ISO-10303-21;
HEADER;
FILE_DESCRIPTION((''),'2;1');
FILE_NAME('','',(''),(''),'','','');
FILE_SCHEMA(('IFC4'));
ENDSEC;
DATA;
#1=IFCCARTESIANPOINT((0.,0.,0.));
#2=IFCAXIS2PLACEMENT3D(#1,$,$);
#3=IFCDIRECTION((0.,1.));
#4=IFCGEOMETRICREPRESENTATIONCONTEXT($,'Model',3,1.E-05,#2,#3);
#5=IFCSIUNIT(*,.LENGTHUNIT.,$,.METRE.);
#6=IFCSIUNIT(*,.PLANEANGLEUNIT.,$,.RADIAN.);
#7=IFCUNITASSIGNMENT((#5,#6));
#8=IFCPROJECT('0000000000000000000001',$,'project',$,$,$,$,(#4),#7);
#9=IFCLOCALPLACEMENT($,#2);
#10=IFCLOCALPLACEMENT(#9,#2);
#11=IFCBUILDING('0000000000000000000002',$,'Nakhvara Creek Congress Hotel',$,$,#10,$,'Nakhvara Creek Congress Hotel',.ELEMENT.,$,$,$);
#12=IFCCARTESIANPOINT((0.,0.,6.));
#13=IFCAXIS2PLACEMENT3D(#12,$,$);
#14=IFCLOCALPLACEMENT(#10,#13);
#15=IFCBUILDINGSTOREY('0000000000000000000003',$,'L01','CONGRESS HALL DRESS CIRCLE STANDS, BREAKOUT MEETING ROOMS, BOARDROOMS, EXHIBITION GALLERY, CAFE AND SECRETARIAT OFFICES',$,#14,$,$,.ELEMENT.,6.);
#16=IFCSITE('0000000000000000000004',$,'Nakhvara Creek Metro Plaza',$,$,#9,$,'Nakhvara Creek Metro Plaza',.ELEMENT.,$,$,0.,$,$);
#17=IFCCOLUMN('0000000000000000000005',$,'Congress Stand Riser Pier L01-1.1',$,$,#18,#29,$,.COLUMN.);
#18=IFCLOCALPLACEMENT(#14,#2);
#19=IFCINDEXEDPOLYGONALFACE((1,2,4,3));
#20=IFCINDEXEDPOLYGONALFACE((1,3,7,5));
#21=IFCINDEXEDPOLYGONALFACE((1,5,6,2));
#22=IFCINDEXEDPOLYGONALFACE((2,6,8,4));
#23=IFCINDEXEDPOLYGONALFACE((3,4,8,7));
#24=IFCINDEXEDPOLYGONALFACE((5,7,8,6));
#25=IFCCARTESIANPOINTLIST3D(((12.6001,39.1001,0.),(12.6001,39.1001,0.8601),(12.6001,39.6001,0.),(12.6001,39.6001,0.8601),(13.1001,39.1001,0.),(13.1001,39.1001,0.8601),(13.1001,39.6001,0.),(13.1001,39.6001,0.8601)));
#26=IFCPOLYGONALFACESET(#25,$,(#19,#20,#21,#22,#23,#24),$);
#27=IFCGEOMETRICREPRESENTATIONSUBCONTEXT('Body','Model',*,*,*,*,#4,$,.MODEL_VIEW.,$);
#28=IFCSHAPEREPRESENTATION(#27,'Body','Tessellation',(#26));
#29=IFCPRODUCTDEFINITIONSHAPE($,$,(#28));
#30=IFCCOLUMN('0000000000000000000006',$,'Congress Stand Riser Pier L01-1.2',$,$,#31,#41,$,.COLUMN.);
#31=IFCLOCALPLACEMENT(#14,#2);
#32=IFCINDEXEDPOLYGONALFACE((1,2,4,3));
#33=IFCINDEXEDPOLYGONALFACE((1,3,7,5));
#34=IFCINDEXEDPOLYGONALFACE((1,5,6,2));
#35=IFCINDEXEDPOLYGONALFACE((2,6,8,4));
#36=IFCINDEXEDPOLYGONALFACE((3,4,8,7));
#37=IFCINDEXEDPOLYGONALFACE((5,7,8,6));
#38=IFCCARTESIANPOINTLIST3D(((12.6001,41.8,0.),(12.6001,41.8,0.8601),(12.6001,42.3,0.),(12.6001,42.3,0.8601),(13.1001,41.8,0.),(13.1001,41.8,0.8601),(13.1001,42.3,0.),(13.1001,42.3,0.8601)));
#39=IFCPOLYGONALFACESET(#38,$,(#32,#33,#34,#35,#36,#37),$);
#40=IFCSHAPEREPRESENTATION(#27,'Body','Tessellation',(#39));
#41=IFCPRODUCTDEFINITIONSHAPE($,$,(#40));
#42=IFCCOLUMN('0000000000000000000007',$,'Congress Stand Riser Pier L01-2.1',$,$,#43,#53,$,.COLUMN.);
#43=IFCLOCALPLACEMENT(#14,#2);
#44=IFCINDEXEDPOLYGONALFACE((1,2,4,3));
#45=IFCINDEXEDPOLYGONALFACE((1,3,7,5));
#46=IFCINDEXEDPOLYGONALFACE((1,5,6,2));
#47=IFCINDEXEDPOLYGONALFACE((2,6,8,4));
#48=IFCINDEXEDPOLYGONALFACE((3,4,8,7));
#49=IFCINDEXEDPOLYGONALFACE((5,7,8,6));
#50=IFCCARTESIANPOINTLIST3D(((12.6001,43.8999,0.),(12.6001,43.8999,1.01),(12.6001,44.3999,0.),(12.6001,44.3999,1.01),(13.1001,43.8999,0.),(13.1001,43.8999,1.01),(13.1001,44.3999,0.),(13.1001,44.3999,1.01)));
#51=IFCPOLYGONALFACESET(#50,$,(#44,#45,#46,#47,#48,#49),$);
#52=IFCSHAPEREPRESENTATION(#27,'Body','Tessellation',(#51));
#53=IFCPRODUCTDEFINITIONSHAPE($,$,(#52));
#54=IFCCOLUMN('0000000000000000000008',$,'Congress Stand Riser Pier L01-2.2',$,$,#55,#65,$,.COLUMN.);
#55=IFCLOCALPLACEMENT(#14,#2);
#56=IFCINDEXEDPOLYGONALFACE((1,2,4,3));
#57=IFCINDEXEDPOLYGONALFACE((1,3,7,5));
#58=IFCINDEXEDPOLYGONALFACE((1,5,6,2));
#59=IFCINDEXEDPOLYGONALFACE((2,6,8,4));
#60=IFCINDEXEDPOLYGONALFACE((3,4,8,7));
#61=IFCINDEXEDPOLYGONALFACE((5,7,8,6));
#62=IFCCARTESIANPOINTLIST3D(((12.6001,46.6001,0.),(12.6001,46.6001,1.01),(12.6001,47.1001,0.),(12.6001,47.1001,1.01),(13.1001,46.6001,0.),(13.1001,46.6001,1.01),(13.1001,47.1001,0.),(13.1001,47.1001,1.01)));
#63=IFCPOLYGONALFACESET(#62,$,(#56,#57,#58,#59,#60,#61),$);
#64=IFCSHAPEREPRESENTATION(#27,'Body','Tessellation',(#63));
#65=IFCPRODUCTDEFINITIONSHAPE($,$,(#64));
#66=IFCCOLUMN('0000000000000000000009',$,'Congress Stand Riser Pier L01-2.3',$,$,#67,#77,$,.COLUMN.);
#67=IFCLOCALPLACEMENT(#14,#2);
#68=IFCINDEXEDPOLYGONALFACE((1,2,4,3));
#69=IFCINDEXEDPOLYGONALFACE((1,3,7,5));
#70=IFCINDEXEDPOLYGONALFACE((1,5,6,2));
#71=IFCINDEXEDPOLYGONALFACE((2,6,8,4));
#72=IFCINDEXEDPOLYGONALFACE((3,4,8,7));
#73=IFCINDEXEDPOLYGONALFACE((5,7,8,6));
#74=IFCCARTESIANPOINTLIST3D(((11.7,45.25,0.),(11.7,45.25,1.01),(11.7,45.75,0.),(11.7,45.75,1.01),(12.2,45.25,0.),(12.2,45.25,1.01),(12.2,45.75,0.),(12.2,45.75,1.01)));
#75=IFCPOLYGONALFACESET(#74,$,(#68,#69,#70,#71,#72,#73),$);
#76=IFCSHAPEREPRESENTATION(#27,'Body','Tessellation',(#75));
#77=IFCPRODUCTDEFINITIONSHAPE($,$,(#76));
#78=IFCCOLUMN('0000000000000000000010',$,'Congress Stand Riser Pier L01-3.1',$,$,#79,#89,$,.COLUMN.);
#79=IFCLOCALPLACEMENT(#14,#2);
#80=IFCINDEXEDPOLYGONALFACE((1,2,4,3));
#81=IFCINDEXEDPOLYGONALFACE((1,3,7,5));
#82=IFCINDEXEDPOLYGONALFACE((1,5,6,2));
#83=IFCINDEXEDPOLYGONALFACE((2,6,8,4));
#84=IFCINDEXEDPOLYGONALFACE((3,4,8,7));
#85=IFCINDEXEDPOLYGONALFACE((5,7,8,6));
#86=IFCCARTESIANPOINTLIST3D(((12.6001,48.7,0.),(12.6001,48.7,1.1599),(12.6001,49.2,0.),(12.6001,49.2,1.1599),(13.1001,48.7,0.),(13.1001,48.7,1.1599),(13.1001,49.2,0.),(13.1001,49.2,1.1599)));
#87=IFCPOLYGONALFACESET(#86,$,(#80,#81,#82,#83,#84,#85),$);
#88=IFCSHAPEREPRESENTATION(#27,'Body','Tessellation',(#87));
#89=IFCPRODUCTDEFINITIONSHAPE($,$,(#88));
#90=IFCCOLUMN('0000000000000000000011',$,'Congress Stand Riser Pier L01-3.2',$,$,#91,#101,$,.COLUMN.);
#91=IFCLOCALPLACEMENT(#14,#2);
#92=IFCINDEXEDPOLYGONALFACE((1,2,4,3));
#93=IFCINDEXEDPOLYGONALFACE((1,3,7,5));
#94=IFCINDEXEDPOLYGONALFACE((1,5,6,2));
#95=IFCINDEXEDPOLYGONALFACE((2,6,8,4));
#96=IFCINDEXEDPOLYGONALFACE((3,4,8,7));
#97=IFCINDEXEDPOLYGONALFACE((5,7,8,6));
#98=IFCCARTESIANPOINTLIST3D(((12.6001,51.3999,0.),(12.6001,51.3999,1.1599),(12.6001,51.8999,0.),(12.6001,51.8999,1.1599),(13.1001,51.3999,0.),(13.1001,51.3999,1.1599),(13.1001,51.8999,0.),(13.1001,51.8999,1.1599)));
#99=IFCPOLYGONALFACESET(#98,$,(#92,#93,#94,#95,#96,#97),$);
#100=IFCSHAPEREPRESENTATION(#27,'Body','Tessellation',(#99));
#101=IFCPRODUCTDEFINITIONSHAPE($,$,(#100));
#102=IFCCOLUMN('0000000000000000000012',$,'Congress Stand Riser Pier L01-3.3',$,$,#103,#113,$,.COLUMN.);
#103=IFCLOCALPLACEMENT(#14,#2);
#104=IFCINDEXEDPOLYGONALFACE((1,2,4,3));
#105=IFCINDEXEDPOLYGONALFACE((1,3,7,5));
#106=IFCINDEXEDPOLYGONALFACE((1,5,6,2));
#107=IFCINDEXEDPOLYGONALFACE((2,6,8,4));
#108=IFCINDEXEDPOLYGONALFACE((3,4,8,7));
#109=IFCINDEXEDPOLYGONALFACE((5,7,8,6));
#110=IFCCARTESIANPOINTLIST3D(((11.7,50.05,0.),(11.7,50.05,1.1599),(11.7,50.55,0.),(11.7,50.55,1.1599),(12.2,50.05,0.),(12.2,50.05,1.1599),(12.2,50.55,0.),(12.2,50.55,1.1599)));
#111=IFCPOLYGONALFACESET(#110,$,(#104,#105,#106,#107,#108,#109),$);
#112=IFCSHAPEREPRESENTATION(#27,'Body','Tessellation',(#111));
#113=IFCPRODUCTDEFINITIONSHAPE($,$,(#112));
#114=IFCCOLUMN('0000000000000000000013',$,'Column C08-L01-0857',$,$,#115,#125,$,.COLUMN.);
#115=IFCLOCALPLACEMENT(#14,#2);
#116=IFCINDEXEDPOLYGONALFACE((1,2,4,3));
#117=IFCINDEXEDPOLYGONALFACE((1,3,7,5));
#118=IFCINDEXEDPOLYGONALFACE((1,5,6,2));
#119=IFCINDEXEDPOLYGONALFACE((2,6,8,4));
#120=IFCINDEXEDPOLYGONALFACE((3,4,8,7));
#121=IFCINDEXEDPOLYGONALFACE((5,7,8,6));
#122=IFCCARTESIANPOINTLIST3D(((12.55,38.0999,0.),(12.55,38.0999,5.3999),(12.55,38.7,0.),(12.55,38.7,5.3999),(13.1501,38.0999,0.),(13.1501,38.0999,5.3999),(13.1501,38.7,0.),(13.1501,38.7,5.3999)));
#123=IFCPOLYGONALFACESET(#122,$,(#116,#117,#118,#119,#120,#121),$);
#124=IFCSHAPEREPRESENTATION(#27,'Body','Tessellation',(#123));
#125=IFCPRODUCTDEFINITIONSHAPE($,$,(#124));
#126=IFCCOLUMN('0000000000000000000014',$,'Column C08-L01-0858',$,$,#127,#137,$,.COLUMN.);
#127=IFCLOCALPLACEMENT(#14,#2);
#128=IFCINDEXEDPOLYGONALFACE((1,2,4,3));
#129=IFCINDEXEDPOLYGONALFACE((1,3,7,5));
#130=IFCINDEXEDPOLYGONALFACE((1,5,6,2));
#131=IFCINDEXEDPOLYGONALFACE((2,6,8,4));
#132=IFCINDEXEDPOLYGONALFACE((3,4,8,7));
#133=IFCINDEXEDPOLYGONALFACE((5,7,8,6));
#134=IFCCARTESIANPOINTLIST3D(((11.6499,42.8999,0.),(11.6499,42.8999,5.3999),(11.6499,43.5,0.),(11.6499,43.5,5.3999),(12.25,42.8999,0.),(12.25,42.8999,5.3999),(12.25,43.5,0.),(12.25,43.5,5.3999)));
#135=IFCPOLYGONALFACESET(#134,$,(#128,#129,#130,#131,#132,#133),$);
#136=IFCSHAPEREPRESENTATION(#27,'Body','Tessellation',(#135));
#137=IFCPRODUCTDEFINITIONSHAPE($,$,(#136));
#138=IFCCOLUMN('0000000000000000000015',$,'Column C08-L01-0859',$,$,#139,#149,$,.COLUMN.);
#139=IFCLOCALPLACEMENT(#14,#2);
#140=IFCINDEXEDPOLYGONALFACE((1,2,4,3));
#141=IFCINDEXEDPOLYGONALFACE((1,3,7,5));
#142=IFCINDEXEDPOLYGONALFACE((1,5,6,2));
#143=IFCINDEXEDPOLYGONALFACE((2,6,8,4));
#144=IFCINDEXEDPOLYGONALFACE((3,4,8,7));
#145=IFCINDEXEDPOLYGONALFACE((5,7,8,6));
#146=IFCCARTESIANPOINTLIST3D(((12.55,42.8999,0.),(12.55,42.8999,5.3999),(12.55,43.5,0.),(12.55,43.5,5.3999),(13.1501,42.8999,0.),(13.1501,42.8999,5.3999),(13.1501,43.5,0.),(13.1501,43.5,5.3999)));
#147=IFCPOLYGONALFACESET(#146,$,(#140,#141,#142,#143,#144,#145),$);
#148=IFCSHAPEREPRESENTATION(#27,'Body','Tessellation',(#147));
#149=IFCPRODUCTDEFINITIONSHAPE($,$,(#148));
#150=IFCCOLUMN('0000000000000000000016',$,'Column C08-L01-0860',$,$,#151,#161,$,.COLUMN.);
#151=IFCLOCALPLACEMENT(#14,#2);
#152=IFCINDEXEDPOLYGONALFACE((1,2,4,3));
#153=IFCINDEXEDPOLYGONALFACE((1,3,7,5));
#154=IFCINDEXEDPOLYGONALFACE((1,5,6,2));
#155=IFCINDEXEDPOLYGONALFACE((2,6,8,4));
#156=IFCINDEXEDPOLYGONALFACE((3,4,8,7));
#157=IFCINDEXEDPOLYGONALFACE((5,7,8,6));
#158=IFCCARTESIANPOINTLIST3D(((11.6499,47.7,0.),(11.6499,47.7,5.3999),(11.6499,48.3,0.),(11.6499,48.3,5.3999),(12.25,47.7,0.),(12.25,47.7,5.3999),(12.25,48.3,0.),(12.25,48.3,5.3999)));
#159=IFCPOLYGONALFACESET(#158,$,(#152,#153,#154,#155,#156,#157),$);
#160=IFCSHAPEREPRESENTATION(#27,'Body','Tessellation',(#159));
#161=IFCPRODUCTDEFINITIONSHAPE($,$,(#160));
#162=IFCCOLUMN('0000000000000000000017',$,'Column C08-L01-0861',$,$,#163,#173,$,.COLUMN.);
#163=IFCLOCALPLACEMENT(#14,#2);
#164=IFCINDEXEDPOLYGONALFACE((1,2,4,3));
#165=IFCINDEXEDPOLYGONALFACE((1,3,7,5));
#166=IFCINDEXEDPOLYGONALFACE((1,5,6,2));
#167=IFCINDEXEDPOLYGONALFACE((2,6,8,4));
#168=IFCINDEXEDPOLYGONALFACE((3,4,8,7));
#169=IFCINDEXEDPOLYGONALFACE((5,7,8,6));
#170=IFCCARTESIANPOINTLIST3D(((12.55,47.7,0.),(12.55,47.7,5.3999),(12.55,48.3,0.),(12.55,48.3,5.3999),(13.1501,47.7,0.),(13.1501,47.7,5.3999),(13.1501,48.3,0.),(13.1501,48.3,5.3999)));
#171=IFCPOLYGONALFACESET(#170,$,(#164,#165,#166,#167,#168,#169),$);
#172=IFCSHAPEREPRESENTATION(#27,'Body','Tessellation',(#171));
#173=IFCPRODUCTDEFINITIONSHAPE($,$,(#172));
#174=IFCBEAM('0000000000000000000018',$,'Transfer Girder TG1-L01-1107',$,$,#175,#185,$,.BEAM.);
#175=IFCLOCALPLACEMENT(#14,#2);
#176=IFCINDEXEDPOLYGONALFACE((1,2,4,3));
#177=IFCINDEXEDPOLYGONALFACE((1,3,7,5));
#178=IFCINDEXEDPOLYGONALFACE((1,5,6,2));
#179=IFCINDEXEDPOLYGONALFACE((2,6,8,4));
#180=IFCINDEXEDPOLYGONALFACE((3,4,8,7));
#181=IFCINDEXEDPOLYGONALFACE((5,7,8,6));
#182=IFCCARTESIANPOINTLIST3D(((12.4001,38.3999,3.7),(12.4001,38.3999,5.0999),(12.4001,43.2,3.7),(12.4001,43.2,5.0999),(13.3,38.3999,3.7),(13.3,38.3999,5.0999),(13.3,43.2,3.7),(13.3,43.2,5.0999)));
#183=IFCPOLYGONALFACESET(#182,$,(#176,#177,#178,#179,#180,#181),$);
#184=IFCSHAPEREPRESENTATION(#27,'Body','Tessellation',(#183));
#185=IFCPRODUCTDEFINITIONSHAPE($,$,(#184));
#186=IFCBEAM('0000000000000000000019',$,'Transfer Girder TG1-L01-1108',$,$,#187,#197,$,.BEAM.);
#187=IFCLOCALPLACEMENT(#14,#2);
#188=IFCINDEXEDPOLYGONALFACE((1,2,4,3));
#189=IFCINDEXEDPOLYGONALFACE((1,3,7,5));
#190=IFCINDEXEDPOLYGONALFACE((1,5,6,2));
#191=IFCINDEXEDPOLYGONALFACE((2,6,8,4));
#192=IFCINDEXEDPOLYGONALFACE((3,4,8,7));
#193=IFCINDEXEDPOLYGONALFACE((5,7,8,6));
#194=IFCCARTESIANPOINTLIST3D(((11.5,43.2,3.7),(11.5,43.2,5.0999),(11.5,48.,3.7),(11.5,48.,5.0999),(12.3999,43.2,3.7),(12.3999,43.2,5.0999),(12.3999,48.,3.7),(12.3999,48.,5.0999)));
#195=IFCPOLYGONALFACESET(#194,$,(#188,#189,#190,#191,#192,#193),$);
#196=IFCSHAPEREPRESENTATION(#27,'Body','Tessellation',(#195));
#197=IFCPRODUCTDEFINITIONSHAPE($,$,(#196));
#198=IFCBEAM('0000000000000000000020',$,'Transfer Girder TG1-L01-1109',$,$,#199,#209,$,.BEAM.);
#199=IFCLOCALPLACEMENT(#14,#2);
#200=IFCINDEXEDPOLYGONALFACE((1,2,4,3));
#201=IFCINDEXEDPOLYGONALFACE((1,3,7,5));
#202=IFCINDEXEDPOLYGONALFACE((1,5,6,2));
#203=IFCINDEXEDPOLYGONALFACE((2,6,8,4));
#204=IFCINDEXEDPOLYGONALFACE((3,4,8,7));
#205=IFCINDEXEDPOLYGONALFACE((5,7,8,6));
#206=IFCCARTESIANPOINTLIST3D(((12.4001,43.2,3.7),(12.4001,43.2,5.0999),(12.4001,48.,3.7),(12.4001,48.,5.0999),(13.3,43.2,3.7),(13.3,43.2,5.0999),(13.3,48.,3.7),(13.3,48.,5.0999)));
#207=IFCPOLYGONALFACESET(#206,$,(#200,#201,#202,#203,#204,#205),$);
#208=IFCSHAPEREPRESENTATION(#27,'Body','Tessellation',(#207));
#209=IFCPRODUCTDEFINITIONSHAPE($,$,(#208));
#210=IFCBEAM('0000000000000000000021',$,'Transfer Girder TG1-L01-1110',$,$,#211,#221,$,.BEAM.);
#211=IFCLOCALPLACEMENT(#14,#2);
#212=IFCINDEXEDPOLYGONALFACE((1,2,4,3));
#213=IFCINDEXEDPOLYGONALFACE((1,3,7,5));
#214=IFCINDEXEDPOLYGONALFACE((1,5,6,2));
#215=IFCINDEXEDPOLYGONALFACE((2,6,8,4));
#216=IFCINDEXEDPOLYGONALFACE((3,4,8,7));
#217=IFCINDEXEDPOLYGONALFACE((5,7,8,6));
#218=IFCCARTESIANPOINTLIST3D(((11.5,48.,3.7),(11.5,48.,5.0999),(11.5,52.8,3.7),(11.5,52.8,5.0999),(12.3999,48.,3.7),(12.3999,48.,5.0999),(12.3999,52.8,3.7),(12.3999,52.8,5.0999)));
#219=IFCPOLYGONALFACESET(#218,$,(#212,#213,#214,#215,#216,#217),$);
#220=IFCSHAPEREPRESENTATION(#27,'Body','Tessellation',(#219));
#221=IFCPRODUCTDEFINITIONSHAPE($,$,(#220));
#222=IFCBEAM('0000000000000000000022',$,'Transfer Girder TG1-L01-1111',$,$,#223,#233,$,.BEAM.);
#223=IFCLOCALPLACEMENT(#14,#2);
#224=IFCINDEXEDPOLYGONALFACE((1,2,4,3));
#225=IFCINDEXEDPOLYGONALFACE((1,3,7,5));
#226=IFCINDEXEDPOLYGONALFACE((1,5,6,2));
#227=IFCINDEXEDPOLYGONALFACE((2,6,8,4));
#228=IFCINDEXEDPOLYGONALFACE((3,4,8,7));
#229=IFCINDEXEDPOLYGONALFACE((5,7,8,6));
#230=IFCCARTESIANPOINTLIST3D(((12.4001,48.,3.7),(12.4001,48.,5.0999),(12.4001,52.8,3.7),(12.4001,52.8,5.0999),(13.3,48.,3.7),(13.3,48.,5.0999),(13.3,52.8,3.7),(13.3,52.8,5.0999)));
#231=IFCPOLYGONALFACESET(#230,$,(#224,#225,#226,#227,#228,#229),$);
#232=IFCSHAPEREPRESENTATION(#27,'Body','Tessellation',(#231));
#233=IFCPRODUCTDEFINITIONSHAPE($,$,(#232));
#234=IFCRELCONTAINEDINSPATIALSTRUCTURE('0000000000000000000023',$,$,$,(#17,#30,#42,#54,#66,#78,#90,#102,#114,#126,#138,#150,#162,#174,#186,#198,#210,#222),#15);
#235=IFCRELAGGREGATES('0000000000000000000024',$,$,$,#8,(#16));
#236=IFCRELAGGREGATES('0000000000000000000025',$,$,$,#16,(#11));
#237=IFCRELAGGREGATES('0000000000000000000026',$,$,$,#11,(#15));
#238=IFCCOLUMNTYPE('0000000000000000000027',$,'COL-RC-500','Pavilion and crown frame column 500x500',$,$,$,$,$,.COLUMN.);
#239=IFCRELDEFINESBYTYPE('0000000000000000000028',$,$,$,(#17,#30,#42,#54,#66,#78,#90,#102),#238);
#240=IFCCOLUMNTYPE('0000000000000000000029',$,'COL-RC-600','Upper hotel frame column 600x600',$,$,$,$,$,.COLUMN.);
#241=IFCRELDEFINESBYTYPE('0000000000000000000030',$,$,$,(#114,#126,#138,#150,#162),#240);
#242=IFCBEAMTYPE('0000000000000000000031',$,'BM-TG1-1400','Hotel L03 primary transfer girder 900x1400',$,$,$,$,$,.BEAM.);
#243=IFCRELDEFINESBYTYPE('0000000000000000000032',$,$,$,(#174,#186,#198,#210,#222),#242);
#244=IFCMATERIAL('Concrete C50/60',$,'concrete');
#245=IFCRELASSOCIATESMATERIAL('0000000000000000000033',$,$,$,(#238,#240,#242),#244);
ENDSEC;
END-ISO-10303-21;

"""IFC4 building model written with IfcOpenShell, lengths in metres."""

from ifc_helpers import new_model, si_unit, direction, frame, origin, origin_2d, place, context, subcontext, project, spatial, rectangle, extrude, material, material_profile, profile_set, type_object, element, save


model = new_model("IFC4")

# Units and contexts
model_context = context("Model", 3, precision=1e-05, world=origin(), true_north=direction((0.0, 1.0)))
body_context = subcontext(model_context, "Body", "Model", "MODEL_VIEW")
ifc_project = project(units=[si_unit("LENGTHUNIT", "METRE"), si_unit("PLANEANGLEUNIT", "RADIAN")], contexts=[model_context])

# Site, building, storey
site_placement = place(None, origin())
site = spatial("IfcSite", under=ifc_project, at=site_placement, Name="Nakhvara Creek Metro Plaza", LongName="Nakhvara Creek Metro Plaza", CompositionType="ELEMENT", RefElevation=0.0)
building_placement = place(site_placement, origin())
building = spatial("IfcBuilding", under=site, at=building_placement, Name="Nakhvara Creek Congress Hotel", LongName="Nakhvara Creek Congress Hotel", CompositionType="ELEMENT")
storey_placement = place(building_placement, frame((0.0, 0.0, 6.0)))
storey = spatial("IfcBuildingStorey", under=building, at=storey_placement, Name="L01", Description="CONGRESS HALL DRESS CIRCLE STANDS, BREAKOUT MEETING ROOMS, BOARDROOMS, EXHIBITION GALLERY, CAFE AND SECRETARIAT OFFICES", CompositionType="ELEMENT", Elevation=6.0)

# Columns
ifc_material_1 = material(Name="Concrete C50/60", Category="concrete")
ifc_material_profile_1 = material_profile(ifc_material_1, rectangle(XDim=0.5, YDim=0.5, at=origin_2d()), Name="RC-COL 500x500", Category="LoadBearing")
ifc_profile_set_1 = profile_set([ifc_material_profile_1], Name="Concrete C50/60")
column_type_1 = type_object("IfcColumnType", Name="COL-RC-500", Description="Pavilion and crown frame column 500x500", PredefinedType="COLUMN", material=ifc_profile_set_1)
for number, where, z_axis, x_axis, name in (
    (1, (12.8501, 39.3501, 0.0), (0.0, 0.0, 1.0), (1.0, 0.0, 0.0), "Congress Stand Riser Pier L01-1.1"),
    (2, (12.8501, 42.05, 0.0), (0.0, 0.0, 1.0), (1.0, 0.0, 0.0), "Congress Stand Riser Pier L01-1.2"),
):
    element("IfcColumn", number, at=place(storey_placement, frame(where, z_axis=z_axis, x_axis=x_axis)), inside=storey, type_object=column_type_1, Name=name, PredefinedType="COLUMN", context=body_context, shape_type="SweptSolid", body=[
        extrude(rectangle(XDim=0.5, YDim=0.5, at=origin_2d()), origin(), (0.0, 0.0, 1.0), 0.8601),
    ])
for number, where, z_axis, x_axis, name in (
    (3, (12.8501, 44.1499, 0.0), (0.0, 0.0, 1.0), (1.0, 0.0, 0.0), "Congress Stand Riser Pier L01-2.1"),
    (4, (12.8501, 46.8501, 0.0), (0.0, 0.0, 1.0), (1.0, 0.0, 0.0), "Congress Stand Riser Pier L01-2.2"),
    (5, (11.95, 45.5, 0.0), (0.0, 0.0, 1.0), (1.0, 0.0, 0.0), "Congress Stand Riser Pier L01-2.3"),
):
    element("IfcColumn", number, at=place(storey_placement, frame(where, z_axis=z_axis, x_axis=x_axis)), inside=storey, type_object=column_type_1, Name=name, PredefinedType="COLUMN", context=body_context, shape_type="SweptSolid", body=[
        extrude(rectangle(XDim=0.5, YDim=0.5, at=origin_2d()), origin(), (0.0, 0.0, 1.0), 1.01),
    ])
for number, where, z_axis, x_axis, name in (
    (6, (12.8501, 48.95, 0.0), (0.0, 0.0, 1.0), (1.0, 0.0, 0.0), "Congress Stand Riser Pier L01-3.1"),
    (7, (12.8501, 51.6499, 0.0), (0.0, 0.0, 1.0), (1.0, 0.0, 0.0), "Congress Stand Riser Pier L01-3.2"),
    (8, (11.95, 50.3, 0.0), (0.0, 0.0, 1.0), (1.0, 0.0, 0.0), "Congress Stand Riser Pier L01-3.3"),
):
    element("IfcColumn", number, at=place(storey_placement, frame(where, z_axis=z_axis, x_axis=x_axis)), inside=storey, type_object=column_type_1, Name=name, PredefinedType="COLUMN", context=body_context, shape_type="SweptSolid", body=[
        extrude(rectangle(XDim=0.5, YDim=0.5, at=origin_2d()), origin(), (0.0, 0.0, 1.0), 1.1599),
    ])
ifc_material_profile_2 = material_profile(ifc_material_1, rectangle(XDim=0.6001, YDim=0.6001, at=origin_2d()), Name="RC-COL 600x600", Category="LoadBearing")
ifc_profile_set_2 = profile_set([ifc_material_profile_2], Name="Concrete C50/60")
column_type_2 = type_object("IfcColumnType", Name="COL-RC-600", Description="Upper hotel frame column 600x600", PredefinedType="COLUMN", material=ifc_profile_set_2)
for number, where, z_axis, x_axis, name in (
    (9, (12.8501, 38.3999, 0.0), (0.0, 0.0, 1.0), (1.0, 0.0, 0.0), "Column C08-L01-0857"),
    (10, (11.95, 43.2, 0.0), (0.0, 0.0, 1.0), (1.0, 0.0, 0.0), "Column C08-L01-0858"),
    (11, (12.8501, 43.2, 0.0), (0.0, 0.0, 1.0), (1.0, 0.0, 0.0), "Column C08-L01-0859"),
    (12, (11.95, 48.0, 0.0), (0.0, 0.0, 1.0), (1.0, 0.0, 0.0), "Column C08-L01-0860"),
    (13, (12.8501, 48.0, 0.0), (0.0, 0.0, 1.0), (1.0, 0.0, 0.0), "Column C08-L01-0861"),
):
    element("IfcColumn", number, at=place(storey_placement, frame(where, z_axis=z_axis, x_axis=x_axis)), inside=storey, type_object=column_type_2, Name=name, PredefinedType="COLUMN", context=body_context, shape_type="SweptSolid", body=[
        extrude(rectangle(XDim=0.6001, YDim=0.6001, at=origin_2d()), origin(), (0.0, 0.0, 1.0), 5.3999),
    ])

# Beams
ifc_material_profile_3 = material_profile(ifc_material_1, rectangle(XDim=0.8999, YDim=1.3999, at=origin_2d()), Name="RC-TG 900x1400", Category="LoadBearing")
ifc_profile_set_3 = profile_set([ifc_material_profile_3], Name="Concrete C50/60")
beam_type = type_object("IfcBeamType", Name="BM-TG1-1400", Description="Hotel L03 primary transfer girder 900x1400", PredefinedType="BEAM", material=ifc_profile_set_3)
for number, where, z_axis, x_axis, name in (
    (14, (12.8501, 38.3999, 4.3999), (0.0, 1.0, 0.0), (-1.0, 0.0, 0.0), "Transfer Girder TG1-L01-1107"),
    (15, (11.95, 43.2, 4.3999), (0.0, 1.0, 0.0), (-1.0, 0.0, 0.0), "Transfer Girder TG1-L01-1108"),
    (16, (12.8501, 43.2, 4.3999), (0.0, 1.0, 0.0), (-1.0, 0.0, 0.0), "Transfer Girder TG1-L01-1109"),
    (17, (11.95, 48.0, 4.3999), (0.0, 1.0, 0.0), (-1.0, 0.0, 0.0), "Transfer Girder TG1-L01-1110"),
    (18, (12.8501, 48.0, 4.3999), (0.0, 1.0, 0.0), (-1.0, 0.0, 0.0), "Transfer Girder TG1-L01-1111"),
):
    element("IfcBeam", number, at=place(storey_placement, frame(where, z_axis=z_axis, x_axis=x_axis)), inside=storey, type_object=beam_type, Name=name, PredefinedType="BEAM", context=body_context, shape_type="SweptSolid", body=[
        extrude(rectangle(XDim=0.8999, YDim=1.3999, at=origin_2d()), origin(), (0.0, 0.0, 1.0), 4.8),
    ])

save(model, "model.ifc")
